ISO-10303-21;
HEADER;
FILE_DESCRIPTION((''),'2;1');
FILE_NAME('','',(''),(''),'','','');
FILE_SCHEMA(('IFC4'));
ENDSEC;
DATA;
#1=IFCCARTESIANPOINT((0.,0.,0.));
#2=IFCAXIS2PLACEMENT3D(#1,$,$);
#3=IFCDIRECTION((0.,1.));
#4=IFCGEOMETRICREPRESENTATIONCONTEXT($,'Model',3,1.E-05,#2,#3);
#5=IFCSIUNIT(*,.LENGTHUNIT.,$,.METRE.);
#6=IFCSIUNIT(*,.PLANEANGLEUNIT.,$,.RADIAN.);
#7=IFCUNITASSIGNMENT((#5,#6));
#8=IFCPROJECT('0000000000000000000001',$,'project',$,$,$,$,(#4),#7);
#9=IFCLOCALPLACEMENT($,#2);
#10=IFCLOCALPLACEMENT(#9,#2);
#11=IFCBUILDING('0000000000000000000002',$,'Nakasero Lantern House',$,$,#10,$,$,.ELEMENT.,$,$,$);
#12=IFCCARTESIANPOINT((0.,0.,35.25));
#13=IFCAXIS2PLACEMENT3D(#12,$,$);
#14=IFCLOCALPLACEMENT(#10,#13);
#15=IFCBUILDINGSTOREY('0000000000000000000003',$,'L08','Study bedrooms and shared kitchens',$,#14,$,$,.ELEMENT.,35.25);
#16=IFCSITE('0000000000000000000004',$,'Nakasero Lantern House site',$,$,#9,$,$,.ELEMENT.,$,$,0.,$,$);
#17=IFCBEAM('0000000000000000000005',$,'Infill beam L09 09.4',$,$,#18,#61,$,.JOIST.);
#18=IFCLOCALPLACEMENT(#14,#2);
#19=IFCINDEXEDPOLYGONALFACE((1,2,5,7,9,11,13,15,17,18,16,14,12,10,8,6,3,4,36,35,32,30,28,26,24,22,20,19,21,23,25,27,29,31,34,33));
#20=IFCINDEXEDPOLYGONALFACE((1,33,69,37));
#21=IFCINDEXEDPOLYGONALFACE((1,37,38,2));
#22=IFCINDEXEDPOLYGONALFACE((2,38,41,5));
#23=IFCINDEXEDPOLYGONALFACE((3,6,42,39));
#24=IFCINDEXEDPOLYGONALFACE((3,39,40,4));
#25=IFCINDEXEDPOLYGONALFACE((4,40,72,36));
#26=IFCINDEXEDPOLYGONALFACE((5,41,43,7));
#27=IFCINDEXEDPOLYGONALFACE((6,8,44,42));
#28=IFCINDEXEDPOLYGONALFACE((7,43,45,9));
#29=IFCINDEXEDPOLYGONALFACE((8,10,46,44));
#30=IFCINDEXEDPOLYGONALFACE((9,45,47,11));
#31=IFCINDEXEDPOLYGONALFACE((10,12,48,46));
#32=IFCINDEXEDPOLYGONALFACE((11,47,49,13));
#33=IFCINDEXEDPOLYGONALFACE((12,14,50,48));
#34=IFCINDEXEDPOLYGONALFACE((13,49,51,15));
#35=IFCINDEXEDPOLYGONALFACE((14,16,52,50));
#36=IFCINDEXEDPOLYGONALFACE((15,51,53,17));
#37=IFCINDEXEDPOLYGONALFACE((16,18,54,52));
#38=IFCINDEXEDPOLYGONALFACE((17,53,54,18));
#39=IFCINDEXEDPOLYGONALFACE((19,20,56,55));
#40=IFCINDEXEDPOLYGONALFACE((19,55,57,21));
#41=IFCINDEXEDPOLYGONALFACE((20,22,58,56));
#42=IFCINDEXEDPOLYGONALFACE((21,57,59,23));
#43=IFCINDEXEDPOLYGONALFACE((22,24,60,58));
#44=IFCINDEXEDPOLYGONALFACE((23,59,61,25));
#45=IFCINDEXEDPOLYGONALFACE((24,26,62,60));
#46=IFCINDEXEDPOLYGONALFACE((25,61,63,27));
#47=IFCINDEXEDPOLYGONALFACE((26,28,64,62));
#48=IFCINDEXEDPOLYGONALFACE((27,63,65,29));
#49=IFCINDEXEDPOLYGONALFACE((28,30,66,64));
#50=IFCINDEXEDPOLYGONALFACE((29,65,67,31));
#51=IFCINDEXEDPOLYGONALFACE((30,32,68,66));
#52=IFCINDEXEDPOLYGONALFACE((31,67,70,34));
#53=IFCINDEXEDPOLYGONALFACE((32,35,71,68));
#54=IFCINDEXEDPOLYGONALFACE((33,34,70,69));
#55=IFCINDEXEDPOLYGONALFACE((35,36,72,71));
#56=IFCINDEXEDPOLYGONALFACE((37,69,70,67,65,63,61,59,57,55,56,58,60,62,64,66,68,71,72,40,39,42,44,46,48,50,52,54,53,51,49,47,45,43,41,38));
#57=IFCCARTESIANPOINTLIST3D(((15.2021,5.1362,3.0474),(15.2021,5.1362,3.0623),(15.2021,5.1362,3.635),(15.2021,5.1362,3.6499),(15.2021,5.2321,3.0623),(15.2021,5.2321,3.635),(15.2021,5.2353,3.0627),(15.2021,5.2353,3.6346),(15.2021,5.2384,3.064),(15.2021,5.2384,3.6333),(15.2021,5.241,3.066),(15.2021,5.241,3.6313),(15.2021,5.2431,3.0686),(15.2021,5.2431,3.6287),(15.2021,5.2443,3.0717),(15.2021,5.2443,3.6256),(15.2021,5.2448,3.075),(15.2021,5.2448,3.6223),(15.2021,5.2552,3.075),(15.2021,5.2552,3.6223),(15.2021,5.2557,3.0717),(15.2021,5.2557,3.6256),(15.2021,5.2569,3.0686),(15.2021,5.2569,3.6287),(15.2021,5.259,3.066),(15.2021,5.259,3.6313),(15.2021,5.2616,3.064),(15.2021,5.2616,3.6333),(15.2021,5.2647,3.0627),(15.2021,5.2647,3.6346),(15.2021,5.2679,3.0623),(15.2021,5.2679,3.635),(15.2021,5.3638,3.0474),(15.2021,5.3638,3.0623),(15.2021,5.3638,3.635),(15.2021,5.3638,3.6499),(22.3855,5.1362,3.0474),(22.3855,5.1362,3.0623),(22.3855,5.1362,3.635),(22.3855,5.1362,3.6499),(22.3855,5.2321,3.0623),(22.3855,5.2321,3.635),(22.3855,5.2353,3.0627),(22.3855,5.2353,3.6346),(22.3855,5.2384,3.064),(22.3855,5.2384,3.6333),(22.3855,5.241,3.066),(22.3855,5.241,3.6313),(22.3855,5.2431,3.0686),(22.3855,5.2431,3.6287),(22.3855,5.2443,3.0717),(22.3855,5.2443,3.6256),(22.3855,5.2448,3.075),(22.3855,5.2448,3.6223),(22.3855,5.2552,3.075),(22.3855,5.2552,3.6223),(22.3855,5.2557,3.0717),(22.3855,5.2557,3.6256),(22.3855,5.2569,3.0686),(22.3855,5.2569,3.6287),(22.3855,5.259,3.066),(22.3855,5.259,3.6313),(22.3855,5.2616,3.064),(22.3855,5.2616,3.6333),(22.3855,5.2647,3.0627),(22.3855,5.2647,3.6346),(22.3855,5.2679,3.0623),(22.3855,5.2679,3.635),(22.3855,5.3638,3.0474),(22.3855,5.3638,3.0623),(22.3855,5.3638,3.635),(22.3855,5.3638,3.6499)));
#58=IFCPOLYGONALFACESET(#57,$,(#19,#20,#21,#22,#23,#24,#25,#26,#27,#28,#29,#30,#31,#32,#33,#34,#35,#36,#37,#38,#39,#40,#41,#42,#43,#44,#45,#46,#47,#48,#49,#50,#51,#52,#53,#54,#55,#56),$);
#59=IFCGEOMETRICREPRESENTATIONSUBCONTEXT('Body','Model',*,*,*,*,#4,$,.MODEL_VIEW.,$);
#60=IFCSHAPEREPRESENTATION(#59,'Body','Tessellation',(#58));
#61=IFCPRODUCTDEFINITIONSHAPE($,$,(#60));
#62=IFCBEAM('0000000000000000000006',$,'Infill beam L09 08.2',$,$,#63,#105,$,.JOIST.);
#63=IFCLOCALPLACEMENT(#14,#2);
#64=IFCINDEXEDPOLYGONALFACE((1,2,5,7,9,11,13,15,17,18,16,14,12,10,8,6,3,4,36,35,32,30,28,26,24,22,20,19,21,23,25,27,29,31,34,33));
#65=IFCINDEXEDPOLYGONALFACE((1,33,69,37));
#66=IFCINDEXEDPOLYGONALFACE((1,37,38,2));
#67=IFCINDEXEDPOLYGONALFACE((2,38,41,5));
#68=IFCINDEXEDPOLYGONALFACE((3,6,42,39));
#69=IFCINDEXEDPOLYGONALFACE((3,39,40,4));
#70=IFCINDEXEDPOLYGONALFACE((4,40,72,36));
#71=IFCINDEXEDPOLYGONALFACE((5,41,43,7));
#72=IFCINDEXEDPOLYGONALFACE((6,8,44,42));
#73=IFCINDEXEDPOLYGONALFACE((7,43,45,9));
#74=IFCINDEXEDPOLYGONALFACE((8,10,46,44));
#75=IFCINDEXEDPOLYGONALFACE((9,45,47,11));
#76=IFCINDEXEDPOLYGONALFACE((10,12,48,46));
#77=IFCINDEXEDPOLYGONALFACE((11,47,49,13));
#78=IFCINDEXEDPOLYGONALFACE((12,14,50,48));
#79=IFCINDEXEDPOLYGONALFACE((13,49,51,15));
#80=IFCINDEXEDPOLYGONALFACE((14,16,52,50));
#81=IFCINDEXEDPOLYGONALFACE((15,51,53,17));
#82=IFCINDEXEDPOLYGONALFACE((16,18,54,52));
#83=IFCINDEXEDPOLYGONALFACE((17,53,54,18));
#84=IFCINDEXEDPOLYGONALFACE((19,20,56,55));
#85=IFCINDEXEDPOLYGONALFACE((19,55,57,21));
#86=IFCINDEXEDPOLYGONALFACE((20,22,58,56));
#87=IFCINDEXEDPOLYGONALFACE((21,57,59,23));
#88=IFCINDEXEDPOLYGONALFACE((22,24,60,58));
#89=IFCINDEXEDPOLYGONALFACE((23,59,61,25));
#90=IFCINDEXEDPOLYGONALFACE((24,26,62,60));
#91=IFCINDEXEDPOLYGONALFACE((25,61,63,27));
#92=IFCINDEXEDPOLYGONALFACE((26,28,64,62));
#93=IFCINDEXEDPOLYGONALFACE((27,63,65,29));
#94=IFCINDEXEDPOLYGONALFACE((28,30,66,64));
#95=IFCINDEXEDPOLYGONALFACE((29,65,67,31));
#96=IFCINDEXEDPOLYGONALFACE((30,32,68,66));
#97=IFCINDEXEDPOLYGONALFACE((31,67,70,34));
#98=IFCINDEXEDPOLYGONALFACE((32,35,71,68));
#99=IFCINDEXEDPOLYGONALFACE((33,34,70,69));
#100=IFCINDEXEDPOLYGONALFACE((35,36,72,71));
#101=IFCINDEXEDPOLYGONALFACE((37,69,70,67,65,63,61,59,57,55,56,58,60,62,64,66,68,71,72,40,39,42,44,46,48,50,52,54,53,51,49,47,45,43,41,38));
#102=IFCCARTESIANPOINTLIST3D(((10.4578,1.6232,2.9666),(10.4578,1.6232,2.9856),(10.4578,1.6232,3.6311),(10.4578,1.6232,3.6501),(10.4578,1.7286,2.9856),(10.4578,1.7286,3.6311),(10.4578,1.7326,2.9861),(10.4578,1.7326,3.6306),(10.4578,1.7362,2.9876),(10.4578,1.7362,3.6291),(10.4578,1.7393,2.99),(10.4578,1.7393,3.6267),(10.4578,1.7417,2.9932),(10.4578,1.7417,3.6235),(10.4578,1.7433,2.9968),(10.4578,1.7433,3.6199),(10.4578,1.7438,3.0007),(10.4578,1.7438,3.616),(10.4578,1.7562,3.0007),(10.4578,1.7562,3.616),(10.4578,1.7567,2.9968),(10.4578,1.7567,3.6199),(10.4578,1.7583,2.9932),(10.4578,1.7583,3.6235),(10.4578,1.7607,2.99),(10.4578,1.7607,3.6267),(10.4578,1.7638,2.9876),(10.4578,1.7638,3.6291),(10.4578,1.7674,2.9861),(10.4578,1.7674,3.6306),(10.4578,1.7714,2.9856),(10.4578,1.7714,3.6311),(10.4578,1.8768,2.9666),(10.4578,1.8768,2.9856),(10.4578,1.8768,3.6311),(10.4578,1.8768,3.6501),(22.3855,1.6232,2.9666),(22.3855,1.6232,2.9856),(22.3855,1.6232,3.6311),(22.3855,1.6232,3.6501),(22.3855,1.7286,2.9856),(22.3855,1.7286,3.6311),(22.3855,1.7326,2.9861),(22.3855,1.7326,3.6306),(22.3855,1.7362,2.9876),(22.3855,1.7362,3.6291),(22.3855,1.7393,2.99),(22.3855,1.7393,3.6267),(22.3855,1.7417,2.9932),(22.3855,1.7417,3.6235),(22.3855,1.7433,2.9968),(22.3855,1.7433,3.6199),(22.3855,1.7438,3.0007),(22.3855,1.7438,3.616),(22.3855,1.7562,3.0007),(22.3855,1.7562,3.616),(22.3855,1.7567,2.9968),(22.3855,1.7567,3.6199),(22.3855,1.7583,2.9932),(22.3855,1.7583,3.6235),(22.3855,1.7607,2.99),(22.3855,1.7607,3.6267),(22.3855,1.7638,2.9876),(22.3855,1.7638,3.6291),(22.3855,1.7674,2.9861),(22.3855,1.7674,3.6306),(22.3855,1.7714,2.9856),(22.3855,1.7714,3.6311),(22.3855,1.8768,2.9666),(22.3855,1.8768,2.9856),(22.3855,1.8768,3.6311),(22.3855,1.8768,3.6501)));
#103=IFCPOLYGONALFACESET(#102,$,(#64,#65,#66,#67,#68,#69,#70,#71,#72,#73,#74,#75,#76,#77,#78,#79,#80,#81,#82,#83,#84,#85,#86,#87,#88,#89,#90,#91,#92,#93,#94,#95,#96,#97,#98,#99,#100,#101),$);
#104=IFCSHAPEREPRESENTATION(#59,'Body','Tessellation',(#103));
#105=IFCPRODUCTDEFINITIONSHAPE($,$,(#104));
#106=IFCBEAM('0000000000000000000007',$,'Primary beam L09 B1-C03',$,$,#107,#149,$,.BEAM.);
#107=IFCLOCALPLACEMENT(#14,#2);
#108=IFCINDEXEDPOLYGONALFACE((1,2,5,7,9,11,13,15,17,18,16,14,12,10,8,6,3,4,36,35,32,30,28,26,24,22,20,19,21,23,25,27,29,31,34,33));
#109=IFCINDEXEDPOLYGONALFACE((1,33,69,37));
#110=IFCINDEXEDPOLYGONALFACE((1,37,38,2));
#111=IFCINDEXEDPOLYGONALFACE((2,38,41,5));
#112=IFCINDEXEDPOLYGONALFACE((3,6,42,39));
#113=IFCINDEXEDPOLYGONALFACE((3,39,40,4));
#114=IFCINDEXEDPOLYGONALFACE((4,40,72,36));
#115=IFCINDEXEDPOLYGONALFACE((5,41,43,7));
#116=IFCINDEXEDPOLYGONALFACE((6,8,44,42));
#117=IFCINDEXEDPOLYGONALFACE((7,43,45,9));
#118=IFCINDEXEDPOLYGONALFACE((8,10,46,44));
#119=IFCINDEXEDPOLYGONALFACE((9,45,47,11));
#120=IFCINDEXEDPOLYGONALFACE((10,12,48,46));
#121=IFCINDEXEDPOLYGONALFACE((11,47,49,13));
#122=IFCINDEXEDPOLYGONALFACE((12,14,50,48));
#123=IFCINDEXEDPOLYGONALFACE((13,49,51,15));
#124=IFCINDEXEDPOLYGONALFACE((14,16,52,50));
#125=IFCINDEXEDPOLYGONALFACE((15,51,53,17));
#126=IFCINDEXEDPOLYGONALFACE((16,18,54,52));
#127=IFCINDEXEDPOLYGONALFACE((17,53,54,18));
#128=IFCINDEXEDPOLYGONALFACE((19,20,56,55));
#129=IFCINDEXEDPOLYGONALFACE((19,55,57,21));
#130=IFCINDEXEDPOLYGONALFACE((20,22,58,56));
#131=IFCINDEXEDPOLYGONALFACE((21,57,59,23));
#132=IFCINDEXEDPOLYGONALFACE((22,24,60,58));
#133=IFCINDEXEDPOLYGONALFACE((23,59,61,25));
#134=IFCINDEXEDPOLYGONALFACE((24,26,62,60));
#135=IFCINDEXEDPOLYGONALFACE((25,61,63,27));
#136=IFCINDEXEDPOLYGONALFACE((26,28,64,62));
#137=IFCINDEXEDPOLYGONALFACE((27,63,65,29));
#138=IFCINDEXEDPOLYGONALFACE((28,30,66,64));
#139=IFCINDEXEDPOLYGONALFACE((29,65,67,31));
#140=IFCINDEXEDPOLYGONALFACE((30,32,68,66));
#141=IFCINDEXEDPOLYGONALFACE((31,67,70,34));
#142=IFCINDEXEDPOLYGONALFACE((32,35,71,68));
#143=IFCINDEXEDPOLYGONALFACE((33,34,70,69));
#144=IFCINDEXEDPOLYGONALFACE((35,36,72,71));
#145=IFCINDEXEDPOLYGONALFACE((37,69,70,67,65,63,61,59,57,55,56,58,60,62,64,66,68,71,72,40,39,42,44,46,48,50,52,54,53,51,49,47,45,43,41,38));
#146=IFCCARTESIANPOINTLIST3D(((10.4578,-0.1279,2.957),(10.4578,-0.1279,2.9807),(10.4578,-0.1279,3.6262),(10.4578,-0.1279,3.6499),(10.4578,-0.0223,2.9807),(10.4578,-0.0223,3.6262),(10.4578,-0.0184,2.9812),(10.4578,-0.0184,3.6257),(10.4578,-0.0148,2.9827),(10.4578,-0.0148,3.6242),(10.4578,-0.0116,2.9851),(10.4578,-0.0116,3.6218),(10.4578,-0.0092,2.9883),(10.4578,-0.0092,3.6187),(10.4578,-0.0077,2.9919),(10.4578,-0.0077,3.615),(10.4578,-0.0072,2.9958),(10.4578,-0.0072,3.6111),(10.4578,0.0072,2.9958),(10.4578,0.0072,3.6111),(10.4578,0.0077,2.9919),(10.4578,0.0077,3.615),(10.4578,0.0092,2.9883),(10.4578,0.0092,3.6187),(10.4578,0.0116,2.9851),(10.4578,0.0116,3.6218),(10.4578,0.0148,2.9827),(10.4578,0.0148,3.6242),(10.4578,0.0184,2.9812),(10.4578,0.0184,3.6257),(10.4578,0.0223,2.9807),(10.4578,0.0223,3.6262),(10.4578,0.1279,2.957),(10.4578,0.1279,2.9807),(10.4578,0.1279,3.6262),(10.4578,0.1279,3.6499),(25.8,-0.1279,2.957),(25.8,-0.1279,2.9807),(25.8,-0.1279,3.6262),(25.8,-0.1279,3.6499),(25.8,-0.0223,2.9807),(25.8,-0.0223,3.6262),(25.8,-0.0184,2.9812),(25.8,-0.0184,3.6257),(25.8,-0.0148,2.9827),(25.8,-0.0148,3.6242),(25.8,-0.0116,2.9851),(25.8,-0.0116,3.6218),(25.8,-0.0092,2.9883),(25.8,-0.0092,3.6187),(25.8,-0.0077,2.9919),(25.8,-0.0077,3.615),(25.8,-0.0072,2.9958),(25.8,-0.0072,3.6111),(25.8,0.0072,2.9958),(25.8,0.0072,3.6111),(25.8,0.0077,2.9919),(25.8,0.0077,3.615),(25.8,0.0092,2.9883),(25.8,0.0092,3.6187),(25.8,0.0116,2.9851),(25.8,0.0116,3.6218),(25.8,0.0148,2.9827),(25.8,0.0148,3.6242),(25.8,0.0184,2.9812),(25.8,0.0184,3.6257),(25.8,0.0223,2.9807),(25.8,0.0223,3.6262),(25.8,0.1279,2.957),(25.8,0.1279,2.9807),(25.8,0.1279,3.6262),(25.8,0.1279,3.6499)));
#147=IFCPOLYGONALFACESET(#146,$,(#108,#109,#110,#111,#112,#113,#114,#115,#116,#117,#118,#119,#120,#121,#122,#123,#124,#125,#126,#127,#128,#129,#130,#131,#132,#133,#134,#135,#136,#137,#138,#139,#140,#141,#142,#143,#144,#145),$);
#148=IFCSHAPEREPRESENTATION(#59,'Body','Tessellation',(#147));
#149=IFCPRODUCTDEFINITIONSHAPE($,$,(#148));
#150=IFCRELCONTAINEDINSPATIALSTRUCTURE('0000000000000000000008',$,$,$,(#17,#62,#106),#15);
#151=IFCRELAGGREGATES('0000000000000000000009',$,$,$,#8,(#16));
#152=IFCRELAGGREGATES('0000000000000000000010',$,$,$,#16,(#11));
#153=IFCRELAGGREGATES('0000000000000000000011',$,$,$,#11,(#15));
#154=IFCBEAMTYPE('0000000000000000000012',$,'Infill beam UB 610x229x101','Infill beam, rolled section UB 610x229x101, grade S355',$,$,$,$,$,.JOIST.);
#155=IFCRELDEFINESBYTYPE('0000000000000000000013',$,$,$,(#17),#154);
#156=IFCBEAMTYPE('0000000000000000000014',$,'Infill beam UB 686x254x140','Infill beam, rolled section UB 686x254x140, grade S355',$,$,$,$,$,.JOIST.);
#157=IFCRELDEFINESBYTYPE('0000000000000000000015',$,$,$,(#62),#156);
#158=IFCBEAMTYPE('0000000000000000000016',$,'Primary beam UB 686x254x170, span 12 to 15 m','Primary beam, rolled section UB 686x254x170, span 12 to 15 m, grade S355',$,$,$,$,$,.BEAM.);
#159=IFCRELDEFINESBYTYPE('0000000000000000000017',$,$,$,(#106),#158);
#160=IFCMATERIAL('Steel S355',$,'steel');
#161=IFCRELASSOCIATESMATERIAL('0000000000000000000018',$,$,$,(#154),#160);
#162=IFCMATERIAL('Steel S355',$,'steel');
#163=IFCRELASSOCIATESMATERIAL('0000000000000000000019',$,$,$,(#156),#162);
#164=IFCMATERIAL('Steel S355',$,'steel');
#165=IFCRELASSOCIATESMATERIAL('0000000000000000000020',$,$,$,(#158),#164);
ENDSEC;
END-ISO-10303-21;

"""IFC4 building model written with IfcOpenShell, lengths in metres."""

from ifc_helpers import new_model, si_unit, direction, frame, origin, origin_2d, place, context, subcontext, project, spatial, i_section, extrude, material, material_profile, profile_set, type_object, element, save


model = new_model("IFC4")

# Units and contexts
model_context = context("Model", 3, precision=1e-05, world=origin(), true_north=direction((0.0, 1.0)))
body_context = subcontext(model_context, "Body", "Model", "MODEL_VIEW")
ifc_project = project(units=[si_unit("LENGTHUNIT", "METRE"), si_unit("PLANEANGLEUNIT", "RADIAN")], contexts=[model_context])

# Site, building, storey
site_placement = place(None, origin())
site = spatial("IfcSite", under=ifc_project, at=site_placement, Name="Nakasero Lantern House site", CompositionType="ELEMENT", RefElevation=0.0)
building_placement = place(site_placement, origin())
building = spatial("IfcBuilding", under=site, at=building_placement, Name="Nakasero Lantern House", CompositionType="ELEMENT")
storey_placement = place(building_placement, frame((0.0, 0.0, 35.25)))
storey = spatial("IfcBuildingStorey", under=building, at=storey_placement, Name="L08", Description="Study bedrooms and shared kitchens", CompositionType="ELEMENT", Elevation=35.25)

# Beams
ifc_material_1 = material(Name="Steel S355", Category="steel")
ifc_material_profile_1 = material_profile(ifc_material_1, i_section(OverallWidth=0.2275, OverallDepth=0.6025, WebThickness=0.0105, FlangeThickness=0.0149, FilletRadius=0.0127, at=origin_2d()), Name="UB 610x229x101")
ifc_profile_set_1 = profile_set([ifc_material_profile_1], Name="Steel S355")
beam_type_1 = type_object("IfcBeamType", Name="Infill beam UB 610x229x101", Description="Infill beam, rolled section UB 610x229x101, grade S355", PredefinedType="JOIST", material=ifc_profile_set_1)
beam_1_placement = place(storey_placement, frame((15.2021, 5.25, 3.3486), z_axis=(1.0, 0.0, 0.0), x_axis=(0.0, 1.0, 0.0)))
element("IfcBeam", 1, at=beam_1_placement, inside=storey, type_object=beam_type_1, Name="Infill beam L09 09.4", PredefinedType="JOIST", context=body_context, shape_type="SweptSolid", body=[
    extrude(i_section(OverallWidth=0.2275, OverallDepth=0.6025, WebThickness=0.0105, FlangeThickness=0.0149, FilletRadius=0.0127, at=origin_2d()), origin(), (0.0, 0.0, 1.0), 7.1833),
])
ifc_material_2 = material(Name="Steel S355", Category="steel")
ifc_material_profile_2 = material_profile(ifc_material_2, i_section(OverallWidth=0.2537, OverallDepth=0.6836, WebThickness=0.0125, FlangeThickness=0.019, FilletRadius=0.0151, at=origin_2d()), Name="UB 686x254x140")
ifc_profile_set_2 = profile_set([ifc_material_profile_2], Name="Steel S355")
beam_type_2 = type_object("IfcBeamType", Name="Infill beam UB 686x254x140", Description="Infill beam, rolled section UB 686x254x140, grade S355", PredefinedType="JOIST", material=ifc_profile_set_2)
beam_2_placement = place(storey_placement, frame((10.4578, 1.75, 3.3083), z_axis=(1.0, 0.0, 0.0), x_axis=(0.0, 1.0, 0.0)))
element("IfcBeam", 2, at=beam_2_placement, inside=storey, type_object=beam_type_2, Name="Infill beam L09 08.2", PredefinedType="JOIST", context=body_context, shape_type="SweptSolid", body=[
    extrude(i_section(OverallWidth=0.2537, OverallDepth=0.6836, WebThickness=0.0125, FlangeThickness=0.019, FilletRadius=0.0151, at=origin_2d()), origin(), (0.0, 0.0, 1.0), 11.9277),
])
ifc_material_3 = material(Name="Steel S355", Category="steel")
ifc_material_profile_3 = material_profile(ifc_material_3, i_section(OverallWidth=0.2559, OverallDepth=0.6929, WebThickness=0.0144, FlangeThickness=0.0237, FilletRadius=0.0151, at=origin_2d()), Name="UB 686x254x170")
ifc_profile_set_3 = profile_set([ifc_material_profile_3], Name="Steel S355")
beam_type_3 = type_object("IfcBeamType", Name="Primary beam UB 686x254x170, span 12 to 15 m", Description="Primary beam, rolled section UB 686x254x170, span 12 to 15 m, grade S355", PredefinedType="BEAM", material=ifc_profile_set_3)
beam_3_placement = place(storey_placement, frame((25.8, 0.0, 3.3035), z_axis=(-1.0, 0.0, 0.0), x_axis=(0.0, -1.0, 0.0)))
element("IfcBeam", 3, at=beam_3_placement, inside=storey, type_object=beam_type_3, Name="Primary beam L09 B1-C03", PredefinedType="BEAM", context=body_context, shape_type="SweptSolid", body=[
    extrude(i_section(OverallWidth=0.2559, OverallDepth=0.6929, WebThickness=0.0144, FlangeThickness=0.0237, FilletRadius=0.0151, at=origin_2d()), origin(), (0.0, 0.0, 1.0), 15.3423),
])

save(model, "model.ifc")
